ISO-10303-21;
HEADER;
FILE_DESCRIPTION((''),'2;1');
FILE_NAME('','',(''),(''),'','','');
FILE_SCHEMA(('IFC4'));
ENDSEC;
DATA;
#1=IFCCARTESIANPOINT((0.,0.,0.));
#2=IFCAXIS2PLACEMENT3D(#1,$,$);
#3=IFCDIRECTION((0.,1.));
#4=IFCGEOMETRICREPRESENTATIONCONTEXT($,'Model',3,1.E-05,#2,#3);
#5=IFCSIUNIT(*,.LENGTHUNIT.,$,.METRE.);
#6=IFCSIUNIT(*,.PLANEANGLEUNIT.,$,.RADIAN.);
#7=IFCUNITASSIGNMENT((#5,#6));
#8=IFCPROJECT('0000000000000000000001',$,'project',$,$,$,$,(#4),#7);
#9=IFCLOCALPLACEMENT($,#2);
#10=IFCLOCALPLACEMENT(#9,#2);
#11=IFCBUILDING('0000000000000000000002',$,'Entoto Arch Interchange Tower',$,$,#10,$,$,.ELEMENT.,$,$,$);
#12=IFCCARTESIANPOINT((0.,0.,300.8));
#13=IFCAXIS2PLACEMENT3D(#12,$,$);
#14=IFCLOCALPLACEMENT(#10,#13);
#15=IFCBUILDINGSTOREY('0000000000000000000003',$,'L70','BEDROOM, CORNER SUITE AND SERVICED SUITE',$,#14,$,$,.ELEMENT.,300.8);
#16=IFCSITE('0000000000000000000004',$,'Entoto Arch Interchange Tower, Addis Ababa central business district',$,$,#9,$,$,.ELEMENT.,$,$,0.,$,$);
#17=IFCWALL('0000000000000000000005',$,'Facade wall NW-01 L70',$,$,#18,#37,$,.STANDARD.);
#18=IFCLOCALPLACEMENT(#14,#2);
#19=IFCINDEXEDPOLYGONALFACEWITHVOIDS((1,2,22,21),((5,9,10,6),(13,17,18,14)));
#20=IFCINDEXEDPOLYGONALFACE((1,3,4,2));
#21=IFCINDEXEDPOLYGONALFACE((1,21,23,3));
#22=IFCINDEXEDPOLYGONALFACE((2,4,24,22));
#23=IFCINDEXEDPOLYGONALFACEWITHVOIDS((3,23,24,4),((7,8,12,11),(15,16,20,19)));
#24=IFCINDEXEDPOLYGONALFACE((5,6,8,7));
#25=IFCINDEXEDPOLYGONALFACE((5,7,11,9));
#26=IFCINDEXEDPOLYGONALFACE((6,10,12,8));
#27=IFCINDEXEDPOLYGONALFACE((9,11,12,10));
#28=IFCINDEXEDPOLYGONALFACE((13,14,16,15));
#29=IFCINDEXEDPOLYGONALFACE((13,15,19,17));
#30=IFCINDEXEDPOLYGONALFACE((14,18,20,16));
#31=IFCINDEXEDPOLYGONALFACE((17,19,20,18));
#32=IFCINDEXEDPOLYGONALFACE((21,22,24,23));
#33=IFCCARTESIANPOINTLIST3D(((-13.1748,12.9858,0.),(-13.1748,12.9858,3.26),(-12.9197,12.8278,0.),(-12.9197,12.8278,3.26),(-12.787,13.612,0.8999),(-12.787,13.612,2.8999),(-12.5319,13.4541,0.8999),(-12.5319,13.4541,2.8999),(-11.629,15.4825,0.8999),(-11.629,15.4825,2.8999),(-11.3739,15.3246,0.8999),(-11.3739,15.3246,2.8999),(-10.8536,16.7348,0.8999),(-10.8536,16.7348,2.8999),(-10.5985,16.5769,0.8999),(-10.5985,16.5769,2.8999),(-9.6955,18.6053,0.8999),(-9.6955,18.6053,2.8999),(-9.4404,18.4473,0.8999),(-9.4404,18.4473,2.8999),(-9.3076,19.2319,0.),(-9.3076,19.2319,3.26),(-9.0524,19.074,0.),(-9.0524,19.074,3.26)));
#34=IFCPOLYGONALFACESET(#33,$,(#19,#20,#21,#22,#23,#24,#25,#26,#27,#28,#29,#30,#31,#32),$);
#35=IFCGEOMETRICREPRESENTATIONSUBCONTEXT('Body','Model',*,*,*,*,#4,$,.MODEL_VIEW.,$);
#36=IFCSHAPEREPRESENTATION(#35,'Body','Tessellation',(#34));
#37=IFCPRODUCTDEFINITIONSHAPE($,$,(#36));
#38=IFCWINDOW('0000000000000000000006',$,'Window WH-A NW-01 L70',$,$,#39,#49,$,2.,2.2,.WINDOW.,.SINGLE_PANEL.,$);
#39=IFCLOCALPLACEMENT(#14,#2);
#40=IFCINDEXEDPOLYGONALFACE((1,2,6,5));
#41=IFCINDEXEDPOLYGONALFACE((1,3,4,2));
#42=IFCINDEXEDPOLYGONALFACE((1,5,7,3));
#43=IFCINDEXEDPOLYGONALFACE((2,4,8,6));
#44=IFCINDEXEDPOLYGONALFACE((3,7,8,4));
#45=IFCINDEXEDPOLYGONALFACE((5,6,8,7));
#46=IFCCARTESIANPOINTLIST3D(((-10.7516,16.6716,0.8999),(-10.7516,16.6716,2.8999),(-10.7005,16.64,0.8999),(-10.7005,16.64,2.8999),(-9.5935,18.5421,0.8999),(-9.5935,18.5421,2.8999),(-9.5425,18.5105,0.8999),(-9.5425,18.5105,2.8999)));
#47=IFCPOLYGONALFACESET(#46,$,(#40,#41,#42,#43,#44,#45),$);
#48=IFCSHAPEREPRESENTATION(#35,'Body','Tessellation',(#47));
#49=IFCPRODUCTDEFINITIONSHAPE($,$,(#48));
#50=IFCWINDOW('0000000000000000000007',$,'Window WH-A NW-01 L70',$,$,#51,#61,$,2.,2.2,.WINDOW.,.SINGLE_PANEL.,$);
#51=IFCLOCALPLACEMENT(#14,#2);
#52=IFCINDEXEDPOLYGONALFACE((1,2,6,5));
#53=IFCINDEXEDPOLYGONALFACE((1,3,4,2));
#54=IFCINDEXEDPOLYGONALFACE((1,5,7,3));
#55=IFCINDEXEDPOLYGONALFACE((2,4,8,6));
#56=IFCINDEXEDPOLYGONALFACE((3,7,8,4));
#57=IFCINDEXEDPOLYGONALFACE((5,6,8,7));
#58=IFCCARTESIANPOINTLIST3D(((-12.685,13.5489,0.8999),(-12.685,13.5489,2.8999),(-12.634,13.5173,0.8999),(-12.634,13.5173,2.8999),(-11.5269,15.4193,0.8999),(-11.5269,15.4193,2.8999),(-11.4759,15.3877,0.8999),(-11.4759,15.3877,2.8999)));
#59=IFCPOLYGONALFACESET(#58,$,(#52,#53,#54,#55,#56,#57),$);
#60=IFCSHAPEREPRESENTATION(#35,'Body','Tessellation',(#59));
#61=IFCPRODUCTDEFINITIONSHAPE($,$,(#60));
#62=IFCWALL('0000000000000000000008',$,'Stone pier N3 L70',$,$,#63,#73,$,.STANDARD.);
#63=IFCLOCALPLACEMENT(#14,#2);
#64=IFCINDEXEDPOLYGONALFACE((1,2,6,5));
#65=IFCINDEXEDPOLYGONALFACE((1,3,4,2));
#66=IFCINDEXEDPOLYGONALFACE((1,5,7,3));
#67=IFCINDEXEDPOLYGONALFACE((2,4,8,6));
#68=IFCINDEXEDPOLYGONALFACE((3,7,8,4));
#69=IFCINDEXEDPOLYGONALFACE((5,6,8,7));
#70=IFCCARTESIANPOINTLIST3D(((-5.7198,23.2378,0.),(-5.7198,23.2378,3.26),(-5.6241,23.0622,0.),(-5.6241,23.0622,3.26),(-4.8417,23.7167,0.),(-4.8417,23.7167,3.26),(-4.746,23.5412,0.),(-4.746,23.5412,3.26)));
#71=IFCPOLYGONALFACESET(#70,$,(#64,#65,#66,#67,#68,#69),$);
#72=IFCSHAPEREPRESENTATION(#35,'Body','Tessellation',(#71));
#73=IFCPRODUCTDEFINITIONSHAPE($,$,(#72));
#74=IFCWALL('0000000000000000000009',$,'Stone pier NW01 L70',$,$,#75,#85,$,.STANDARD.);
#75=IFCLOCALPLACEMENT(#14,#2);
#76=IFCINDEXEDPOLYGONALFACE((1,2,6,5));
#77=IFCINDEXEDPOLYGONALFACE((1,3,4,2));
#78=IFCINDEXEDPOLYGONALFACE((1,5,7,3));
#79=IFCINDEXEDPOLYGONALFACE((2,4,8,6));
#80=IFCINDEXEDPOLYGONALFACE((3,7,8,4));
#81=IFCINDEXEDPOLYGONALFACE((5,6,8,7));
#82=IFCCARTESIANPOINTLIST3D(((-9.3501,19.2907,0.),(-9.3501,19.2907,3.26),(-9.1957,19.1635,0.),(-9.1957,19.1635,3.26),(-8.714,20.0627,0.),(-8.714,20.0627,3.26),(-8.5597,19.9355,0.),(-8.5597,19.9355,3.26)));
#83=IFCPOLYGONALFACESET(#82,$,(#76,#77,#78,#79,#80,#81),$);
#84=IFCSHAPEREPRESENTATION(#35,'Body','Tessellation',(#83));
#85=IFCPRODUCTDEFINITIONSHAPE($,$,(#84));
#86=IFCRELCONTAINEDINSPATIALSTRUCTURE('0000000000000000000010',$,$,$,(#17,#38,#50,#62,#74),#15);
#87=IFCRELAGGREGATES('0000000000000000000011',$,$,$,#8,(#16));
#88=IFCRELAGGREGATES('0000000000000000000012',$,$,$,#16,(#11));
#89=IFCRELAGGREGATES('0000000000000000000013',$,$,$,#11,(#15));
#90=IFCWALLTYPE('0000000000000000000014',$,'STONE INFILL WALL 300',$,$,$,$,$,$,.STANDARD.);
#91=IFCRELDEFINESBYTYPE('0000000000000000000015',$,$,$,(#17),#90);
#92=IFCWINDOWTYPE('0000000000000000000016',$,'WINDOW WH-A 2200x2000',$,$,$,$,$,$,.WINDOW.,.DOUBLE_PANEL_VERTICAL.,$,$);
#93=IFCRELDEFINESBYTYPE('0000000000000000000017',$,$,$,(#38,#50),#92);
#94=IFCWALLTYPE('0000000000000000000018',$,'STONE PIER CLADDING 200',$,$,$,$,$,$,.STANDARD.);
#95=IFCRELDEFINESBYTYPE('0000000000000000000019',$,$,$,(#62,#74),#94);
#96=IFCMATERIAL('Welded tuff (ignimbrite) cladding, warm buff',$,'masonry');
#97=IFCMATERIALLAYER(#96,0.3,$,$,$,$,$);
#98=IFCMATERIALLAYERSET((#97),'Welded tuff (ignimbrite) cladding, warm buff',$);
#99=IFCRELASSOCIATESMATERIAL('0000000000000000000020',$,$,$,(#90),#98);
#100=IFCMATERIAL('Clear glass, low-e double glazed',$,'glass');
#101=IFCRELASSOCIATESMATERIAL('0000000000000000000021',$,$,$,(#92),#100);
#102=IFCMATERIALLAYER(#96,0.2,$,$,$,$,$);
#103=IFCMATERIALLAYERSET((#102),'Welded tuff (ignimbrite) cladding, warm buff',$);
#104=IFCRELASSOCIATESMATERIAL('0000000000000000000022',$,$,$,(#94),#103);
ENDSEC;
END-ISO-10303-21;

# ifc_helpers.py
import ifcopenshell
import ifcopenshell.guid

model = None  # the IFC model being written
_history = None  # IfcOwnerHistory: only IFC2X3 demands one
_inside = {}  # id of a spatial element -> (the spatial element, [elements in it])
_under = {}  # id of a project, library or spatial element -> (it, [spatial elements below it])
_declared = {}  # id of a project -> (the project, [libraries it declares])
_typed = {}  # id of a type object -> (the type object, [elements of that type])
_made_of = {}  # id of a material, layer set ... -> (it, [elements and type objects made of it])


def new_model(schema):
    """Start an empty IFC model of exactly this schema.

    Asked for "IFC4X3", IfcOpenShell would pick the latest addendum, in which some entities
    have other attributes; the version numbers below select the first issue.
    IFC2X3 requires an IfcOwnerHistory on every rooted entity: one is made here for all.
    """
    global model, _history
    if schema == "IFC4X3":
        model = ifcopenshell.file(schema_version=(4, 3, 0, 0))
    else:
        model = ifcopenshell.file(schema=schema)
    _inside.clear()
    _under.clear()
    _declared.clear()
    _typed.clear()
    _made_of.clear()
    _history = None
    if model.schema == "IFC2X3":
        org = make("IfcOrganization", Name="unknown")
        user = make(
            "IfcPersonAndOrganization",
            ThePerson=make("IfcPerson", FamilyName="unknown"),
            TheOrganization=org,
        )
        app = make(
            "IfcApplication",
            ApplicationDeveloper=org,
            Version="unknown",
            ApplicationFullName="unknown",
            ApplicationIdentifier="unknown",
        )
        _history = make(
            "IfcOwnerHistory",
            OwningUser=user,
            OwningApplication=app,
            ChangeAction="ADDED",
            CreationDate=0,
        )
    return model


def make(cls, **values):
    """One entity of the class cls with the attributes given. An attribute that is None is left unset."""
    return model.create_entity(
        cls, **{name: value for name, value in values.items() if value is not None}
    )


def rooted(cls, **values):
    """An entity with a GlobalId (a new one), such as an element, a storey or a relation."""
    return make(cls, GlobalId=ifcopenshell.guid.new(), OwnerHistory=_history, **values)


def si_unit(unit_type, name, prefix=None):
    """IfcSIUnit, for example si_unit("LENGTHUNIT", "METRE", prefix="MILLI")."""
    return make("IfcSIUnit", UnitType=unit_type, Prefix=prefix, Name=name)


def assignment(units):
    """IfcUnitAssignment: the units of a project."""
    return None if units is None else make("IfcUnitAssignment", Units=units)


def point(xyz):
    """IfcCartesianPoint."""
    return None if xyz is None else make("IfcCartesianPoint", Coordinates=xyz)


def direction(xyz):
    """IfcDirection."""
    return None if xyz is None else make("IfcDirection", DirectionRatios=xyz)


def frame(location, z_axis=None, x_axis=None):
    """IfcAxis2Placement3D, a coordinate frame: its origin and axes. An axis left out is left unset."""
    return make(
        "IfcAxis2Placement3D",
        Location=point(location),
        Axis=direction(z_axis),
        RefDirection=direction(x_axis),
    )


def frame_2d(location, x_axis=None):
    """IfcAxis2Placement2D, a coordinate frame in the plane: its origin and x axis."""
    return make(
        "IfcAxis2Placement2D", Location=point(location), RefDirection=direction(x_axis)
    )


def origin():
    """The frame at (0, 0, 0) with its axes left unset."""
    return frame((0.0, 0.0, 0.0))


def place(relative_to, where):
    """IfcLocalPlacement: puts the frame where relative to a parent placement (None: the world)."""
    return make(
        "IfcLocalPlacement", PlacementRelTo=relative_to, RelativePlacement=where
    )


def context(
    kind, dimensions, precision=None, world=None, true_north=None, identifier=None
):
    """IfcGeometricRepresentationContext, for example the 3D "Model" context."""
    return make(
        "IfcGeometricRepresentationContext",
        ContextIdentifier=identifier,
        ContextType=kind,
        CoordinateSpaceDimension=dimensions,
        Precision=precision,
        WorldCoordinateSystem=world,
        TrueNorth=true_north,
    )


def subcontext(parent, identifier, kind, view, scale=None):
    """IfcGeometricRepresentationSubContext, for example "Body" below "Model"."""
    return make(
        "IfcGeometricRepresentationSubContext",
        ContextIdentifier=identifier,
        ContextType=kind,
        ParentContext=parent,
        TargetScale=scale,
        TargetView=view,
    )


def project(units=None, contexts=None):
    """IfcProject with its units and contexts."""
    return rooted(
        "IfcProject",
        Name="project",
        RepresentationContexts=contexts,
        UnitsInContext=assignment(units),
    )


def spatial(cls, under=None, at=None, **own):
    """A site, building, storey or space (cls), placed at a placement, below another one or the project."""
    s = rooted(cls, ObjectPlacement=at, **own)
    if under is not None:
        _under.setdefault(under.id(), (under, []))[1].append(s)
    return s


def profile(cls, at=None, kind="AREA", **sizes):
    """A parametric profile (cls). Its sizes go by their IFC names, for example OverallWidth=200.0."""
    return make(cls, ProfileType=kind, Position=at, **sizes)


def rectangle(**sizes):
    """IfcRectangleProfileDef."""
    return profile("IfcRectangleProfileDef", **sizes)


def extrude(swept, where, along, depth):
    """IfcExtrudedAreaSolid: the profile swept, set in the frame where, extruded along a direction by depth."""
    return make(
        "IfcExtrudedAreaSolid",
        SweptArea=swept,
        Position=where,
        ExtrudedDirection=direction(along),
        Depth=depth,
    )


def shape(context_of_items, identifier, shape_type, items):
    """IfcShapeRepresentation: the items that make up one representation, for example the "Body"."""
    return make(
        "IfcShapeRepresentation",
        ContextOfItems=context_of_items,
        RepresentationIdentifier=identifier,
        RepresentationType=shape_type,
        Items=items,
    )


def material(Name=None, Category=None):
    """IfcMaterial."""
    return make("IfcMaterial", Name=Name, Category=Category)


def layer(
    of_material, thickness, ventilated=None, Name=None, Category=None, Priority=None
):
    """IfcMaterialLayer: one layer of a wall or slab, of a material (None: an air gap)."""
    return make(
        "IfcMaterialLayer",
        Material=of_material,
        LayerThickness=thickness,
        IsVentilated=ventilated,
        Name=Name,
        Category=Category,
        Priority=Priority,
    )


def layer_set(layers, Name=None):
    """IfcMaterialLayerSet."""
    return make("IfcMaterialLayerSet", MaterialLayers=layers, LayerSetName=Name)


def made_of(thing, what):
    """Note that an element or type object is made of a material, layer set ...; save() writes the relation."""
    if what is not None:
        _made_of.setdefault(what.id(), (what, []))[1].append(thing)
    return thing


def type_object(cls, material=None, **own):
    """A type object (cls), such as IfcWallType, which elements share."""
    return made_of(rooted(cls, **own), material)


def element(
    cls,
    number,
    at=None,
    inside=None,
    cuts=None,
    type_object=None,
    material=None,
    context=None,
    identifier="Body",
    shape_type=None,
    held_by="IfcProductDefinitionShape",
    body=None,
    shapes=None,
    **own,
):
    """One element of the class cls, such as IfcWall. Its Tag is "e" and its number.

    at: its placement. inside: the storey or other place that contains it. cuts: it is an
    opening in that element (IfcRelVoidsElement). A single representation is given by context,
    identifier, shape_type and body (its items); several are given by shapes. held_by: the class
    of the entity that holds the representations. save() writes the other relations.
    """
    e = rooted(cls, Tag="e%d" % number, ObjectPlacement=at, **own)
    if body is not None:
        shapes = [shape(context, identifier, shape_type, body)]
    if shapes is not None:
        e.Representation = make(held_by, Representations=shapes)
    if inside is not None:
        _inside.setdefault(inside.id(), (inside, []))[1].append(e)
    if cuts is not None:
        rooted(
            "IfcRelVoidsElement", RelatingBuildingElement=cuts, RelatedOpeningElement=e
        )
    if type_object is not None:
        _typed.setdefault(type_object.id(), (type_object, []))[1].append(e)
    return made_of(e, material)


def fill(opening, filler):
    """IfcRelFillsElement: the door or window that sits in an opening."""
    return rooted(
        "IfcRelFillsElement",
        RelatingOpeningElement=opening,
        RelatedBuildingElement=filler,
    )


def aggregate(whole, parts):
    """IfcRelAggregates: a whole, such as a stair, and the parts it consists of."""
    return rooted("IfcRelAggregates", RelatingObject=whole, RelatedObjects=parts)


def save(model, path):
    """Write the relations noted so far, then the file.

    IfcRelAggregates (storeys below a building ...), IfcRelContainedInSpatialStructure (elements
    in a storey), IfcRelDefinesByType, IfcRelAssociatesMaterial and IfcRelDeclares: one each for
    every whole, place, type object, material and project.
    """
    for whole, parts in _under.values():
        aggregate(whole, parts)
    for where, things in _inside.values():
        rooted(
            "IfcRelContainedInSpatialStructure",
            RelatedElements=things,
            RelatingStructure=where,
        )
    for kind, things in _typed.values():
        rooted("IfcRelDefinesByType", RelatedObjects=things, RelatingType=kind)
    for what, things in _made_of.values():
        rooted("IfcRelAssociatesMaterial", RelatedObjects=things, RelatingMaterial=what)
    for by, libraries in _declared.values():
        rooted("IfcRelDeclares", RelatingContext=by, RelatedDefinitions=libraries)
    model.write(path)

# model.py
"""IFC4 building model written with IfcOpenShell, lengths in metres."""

from ifc_helpers import new_model, si_unit, direction, frame, frame_2d, origin, place, context, subcontext, project, spatial, rectangle, extrude, material, layer, layer_set, type_object, element, fill, save


model = new_model("IFC4")

# Units and contexts
model_context = context("Model", 3, precision=1e-05, world=origin(), true_north=direction((0.0, 1.0)))
body_context = subcontext(model_context, "Body", "Model", "MODEL_VIEW")
ifc_project = project(units=[si_unit("LENGTHUNIT", "METRE"), si_unit("PLANEANGLEUNIT", "RADIAN")], contexts=[model_context])

# Site, building, storey
site_placement = place(None, origin())
site = spatial("IfcSite", under=ifc_project, at=site_placement, Name="Entoto Arch Interchange Tower, Addis Ababa central business district", CompositionType="ELEMENT", RefElevation=0.0)
building_placement = place(site_placement, origin())
building = spatial("IfcBuilding", under=site, at=building_placement, Name="Entoto Arch Interchange Tower", CompositionType="ELEMENT")
storey_placement = place(building_placement, frame((0.0, 0.0, 300.8)))
storey = spatial("IfcBuildingStorey", under=building, at=storey_placement, Name="L70", Description="BEDROOM, CORNER SUITE AND SERVICED SUITE", CompositionType="ELEMENT", Elevation=300.8)

# Shared definitions
ifc_material_1 = material(Name="Welded tuff (ignimbrite) cladding, warm buff", Category="masonry")
ifc_layer_1 = layer(ifc_material_1, 0.3)
ifc_layer_set_1 = layer_set([ifc_layer_1], Name="Welded tuff (ignimbrite) cladding, warm buff")
wall_type_1 = type_object("IfcWallType", Name="STONE INFILL WALL 300", PredefinedType="STANDARD", material=ifc_layer_set_1)
ifc_material_2 = material(Name="Clear glass, low-e double glazed", Category="glass")

# Wall, openings, windows
wall_1_placement = place(storey_placement, frame((-9.1799, 19.1531, 0.0), z_axis=(0.0, 0.0, 1.0), x_axis=(-0.52641, -0.850231, 0.0)))
wall_1 = element("IfcWall", 1, at=wall_1_placement, inside=storey, type_object=wall_type_1, Name="Facade wall NW-01 L70", PredefinedType="STANDARD", context=body_context, shape_type="SweptSolid", body=[
    extrude(rectangle(XDim=7.3464, YDim=0.3, at=frame_2d((3.6733, 0.0))), origin(), (0.0, 0.0, 1.0), 3.26),
])
opening_1_placement = place(wall_1_placement, frame((0.7371, 0.0, 0.8999)))
opening_1 = element("IfcOpeningElement", 2, at=opening_1_placement, cuts=wall_1, PredefinedType="OPENING", context=body_context, shape_type="SweptSolid", body=[
    extrude(rectangle(XDim=2.2, YDim=2.0, at=frame_2d((1.1001, 1.0))), frame((0.0, 0.1602, 0.0), z_axis=(0.0, -1.0, 0.0), x_axis=(1.0, 0.0, 0.0)), (0.0, 0.0, 1.0), 0.3201),
])
opening_2_placement = place(wall_1_placement, frame((4.4099, 0.0, 0.8999)))
opening_2 = element("IfcOpeningElement", 3, at=opening_2_placement, cuts=wall_1, PredefinedType="OPENING", context=body_context, shape_type="SweptSolid", body=[
    extrude(rectangle(XDim=2.2, YDim=2.0, at=frame_2d((1.1001, 1.0))), frame((0.0, 0.1602, 0.0), z_axis=(0.0, -1.0, 0.0), x_axis=(1.0, 0.0, 0.0)), (0.0, 0.0, 1.0), 0.3201),
])
window_type_1 = type_object("IfcWindowType", Name="WINDOW WH-A 2200x2000", PartitioningType="DOUBLE_PANEL_VERTICAL", PredefinedType="WINDOW", material=ifc_material_2)
window_1_placement = place(opening_1_placement, origin())
window_1 = element("IfcWindow", 4, at=window_1_placement, inside=storey, type_object=window_type_1, Name="Window WH-A NW-01 L70", OverallHeight=2.0, OverallWidth=2.2, PartitioningType="SINGLE_PANEL", PredefinedType="WINDOW", context=body_context, shape_type="SweptSolid", body=[
    extrude(rectangle(XDim=2.2, YDim=2.0, at=frame_2d((1.1001, 1.0))), frame((0.0, 0.03, 0.0), z_axis=(0.0, -1.0, 0.0), x_axis=(1.0, 0.0, 0.0)), (0.0, 0.0, 1.0), 0.0601),
])
fill(opening_1, window_1)
window_2_placement = place(opening_2_placement, origin())
window_2 = element("IfcWindow", 5, at=window_2_placement, inside=storey, type_object=window_type_1, Name="Window WH-A NW-01 L70", OverallHeight=2.0, OverallWidth=2.2, PartitioningType="SINGLE_PANEL", PredefinedType="WINDOW", context=body_context, shape_type="SweptSolid", body=[
    extrude(rectangle(XDim=2.2, YDim=2.0, at=frame_2d((1.1001, 1.0))), frame((0.0, 0.03, 0.0), z_axis=(0.0, -1.0, 0.0), x_axis=(1.0, 0.0, 0.0)), (0.0, 0.0, 1.0), 0.0601),
])
fill(opening_2, window_2)

# Walls
ifc_layer_2 = layer(ifc_material_1, 0.2)
ifc_layer_set_2 = layer_set([ifc_layer_2], Name="Welded tuff (ignimbrite) cladding, warm buff")
wall_type_2 = type_object("IfcWallType", Name="STONE PIER CLADDING 200", PredefinedType="STANDARD", material=ifc_layer_set_2)
for number, where, z_axis, x_axis, name in (
    (6, (-4.7939, 23.6289, 0.0), (0.0, 0.0, 1.0), (-0.877896, -0.478852, 0.0), "Stone pier N3 L70"),
    (7, (-8.637, 19.999, 0.0), (0.0, 0.0, 1.0), (-0.635853, -0.77181, 0.0), "Stone pier NW01 L70"),
):
    element("IfcWall", number, at=place(storey_placement, frame(where, z_axis=z_axis, x_axis=x_axis)), inside=storey, type_object=wall_type_2, Name=name, PredefinedType="STANDARD", context=body_context, shape_type="SweptSolid", body=[
        extrude(rectangle(XDim=1.0002, YDim=0.2, at=frame_2d((0.5, 0.0))), origin(), (0.0, 0.0, 1.0), 3.26),
    ])

save(model, "model.ifc")
